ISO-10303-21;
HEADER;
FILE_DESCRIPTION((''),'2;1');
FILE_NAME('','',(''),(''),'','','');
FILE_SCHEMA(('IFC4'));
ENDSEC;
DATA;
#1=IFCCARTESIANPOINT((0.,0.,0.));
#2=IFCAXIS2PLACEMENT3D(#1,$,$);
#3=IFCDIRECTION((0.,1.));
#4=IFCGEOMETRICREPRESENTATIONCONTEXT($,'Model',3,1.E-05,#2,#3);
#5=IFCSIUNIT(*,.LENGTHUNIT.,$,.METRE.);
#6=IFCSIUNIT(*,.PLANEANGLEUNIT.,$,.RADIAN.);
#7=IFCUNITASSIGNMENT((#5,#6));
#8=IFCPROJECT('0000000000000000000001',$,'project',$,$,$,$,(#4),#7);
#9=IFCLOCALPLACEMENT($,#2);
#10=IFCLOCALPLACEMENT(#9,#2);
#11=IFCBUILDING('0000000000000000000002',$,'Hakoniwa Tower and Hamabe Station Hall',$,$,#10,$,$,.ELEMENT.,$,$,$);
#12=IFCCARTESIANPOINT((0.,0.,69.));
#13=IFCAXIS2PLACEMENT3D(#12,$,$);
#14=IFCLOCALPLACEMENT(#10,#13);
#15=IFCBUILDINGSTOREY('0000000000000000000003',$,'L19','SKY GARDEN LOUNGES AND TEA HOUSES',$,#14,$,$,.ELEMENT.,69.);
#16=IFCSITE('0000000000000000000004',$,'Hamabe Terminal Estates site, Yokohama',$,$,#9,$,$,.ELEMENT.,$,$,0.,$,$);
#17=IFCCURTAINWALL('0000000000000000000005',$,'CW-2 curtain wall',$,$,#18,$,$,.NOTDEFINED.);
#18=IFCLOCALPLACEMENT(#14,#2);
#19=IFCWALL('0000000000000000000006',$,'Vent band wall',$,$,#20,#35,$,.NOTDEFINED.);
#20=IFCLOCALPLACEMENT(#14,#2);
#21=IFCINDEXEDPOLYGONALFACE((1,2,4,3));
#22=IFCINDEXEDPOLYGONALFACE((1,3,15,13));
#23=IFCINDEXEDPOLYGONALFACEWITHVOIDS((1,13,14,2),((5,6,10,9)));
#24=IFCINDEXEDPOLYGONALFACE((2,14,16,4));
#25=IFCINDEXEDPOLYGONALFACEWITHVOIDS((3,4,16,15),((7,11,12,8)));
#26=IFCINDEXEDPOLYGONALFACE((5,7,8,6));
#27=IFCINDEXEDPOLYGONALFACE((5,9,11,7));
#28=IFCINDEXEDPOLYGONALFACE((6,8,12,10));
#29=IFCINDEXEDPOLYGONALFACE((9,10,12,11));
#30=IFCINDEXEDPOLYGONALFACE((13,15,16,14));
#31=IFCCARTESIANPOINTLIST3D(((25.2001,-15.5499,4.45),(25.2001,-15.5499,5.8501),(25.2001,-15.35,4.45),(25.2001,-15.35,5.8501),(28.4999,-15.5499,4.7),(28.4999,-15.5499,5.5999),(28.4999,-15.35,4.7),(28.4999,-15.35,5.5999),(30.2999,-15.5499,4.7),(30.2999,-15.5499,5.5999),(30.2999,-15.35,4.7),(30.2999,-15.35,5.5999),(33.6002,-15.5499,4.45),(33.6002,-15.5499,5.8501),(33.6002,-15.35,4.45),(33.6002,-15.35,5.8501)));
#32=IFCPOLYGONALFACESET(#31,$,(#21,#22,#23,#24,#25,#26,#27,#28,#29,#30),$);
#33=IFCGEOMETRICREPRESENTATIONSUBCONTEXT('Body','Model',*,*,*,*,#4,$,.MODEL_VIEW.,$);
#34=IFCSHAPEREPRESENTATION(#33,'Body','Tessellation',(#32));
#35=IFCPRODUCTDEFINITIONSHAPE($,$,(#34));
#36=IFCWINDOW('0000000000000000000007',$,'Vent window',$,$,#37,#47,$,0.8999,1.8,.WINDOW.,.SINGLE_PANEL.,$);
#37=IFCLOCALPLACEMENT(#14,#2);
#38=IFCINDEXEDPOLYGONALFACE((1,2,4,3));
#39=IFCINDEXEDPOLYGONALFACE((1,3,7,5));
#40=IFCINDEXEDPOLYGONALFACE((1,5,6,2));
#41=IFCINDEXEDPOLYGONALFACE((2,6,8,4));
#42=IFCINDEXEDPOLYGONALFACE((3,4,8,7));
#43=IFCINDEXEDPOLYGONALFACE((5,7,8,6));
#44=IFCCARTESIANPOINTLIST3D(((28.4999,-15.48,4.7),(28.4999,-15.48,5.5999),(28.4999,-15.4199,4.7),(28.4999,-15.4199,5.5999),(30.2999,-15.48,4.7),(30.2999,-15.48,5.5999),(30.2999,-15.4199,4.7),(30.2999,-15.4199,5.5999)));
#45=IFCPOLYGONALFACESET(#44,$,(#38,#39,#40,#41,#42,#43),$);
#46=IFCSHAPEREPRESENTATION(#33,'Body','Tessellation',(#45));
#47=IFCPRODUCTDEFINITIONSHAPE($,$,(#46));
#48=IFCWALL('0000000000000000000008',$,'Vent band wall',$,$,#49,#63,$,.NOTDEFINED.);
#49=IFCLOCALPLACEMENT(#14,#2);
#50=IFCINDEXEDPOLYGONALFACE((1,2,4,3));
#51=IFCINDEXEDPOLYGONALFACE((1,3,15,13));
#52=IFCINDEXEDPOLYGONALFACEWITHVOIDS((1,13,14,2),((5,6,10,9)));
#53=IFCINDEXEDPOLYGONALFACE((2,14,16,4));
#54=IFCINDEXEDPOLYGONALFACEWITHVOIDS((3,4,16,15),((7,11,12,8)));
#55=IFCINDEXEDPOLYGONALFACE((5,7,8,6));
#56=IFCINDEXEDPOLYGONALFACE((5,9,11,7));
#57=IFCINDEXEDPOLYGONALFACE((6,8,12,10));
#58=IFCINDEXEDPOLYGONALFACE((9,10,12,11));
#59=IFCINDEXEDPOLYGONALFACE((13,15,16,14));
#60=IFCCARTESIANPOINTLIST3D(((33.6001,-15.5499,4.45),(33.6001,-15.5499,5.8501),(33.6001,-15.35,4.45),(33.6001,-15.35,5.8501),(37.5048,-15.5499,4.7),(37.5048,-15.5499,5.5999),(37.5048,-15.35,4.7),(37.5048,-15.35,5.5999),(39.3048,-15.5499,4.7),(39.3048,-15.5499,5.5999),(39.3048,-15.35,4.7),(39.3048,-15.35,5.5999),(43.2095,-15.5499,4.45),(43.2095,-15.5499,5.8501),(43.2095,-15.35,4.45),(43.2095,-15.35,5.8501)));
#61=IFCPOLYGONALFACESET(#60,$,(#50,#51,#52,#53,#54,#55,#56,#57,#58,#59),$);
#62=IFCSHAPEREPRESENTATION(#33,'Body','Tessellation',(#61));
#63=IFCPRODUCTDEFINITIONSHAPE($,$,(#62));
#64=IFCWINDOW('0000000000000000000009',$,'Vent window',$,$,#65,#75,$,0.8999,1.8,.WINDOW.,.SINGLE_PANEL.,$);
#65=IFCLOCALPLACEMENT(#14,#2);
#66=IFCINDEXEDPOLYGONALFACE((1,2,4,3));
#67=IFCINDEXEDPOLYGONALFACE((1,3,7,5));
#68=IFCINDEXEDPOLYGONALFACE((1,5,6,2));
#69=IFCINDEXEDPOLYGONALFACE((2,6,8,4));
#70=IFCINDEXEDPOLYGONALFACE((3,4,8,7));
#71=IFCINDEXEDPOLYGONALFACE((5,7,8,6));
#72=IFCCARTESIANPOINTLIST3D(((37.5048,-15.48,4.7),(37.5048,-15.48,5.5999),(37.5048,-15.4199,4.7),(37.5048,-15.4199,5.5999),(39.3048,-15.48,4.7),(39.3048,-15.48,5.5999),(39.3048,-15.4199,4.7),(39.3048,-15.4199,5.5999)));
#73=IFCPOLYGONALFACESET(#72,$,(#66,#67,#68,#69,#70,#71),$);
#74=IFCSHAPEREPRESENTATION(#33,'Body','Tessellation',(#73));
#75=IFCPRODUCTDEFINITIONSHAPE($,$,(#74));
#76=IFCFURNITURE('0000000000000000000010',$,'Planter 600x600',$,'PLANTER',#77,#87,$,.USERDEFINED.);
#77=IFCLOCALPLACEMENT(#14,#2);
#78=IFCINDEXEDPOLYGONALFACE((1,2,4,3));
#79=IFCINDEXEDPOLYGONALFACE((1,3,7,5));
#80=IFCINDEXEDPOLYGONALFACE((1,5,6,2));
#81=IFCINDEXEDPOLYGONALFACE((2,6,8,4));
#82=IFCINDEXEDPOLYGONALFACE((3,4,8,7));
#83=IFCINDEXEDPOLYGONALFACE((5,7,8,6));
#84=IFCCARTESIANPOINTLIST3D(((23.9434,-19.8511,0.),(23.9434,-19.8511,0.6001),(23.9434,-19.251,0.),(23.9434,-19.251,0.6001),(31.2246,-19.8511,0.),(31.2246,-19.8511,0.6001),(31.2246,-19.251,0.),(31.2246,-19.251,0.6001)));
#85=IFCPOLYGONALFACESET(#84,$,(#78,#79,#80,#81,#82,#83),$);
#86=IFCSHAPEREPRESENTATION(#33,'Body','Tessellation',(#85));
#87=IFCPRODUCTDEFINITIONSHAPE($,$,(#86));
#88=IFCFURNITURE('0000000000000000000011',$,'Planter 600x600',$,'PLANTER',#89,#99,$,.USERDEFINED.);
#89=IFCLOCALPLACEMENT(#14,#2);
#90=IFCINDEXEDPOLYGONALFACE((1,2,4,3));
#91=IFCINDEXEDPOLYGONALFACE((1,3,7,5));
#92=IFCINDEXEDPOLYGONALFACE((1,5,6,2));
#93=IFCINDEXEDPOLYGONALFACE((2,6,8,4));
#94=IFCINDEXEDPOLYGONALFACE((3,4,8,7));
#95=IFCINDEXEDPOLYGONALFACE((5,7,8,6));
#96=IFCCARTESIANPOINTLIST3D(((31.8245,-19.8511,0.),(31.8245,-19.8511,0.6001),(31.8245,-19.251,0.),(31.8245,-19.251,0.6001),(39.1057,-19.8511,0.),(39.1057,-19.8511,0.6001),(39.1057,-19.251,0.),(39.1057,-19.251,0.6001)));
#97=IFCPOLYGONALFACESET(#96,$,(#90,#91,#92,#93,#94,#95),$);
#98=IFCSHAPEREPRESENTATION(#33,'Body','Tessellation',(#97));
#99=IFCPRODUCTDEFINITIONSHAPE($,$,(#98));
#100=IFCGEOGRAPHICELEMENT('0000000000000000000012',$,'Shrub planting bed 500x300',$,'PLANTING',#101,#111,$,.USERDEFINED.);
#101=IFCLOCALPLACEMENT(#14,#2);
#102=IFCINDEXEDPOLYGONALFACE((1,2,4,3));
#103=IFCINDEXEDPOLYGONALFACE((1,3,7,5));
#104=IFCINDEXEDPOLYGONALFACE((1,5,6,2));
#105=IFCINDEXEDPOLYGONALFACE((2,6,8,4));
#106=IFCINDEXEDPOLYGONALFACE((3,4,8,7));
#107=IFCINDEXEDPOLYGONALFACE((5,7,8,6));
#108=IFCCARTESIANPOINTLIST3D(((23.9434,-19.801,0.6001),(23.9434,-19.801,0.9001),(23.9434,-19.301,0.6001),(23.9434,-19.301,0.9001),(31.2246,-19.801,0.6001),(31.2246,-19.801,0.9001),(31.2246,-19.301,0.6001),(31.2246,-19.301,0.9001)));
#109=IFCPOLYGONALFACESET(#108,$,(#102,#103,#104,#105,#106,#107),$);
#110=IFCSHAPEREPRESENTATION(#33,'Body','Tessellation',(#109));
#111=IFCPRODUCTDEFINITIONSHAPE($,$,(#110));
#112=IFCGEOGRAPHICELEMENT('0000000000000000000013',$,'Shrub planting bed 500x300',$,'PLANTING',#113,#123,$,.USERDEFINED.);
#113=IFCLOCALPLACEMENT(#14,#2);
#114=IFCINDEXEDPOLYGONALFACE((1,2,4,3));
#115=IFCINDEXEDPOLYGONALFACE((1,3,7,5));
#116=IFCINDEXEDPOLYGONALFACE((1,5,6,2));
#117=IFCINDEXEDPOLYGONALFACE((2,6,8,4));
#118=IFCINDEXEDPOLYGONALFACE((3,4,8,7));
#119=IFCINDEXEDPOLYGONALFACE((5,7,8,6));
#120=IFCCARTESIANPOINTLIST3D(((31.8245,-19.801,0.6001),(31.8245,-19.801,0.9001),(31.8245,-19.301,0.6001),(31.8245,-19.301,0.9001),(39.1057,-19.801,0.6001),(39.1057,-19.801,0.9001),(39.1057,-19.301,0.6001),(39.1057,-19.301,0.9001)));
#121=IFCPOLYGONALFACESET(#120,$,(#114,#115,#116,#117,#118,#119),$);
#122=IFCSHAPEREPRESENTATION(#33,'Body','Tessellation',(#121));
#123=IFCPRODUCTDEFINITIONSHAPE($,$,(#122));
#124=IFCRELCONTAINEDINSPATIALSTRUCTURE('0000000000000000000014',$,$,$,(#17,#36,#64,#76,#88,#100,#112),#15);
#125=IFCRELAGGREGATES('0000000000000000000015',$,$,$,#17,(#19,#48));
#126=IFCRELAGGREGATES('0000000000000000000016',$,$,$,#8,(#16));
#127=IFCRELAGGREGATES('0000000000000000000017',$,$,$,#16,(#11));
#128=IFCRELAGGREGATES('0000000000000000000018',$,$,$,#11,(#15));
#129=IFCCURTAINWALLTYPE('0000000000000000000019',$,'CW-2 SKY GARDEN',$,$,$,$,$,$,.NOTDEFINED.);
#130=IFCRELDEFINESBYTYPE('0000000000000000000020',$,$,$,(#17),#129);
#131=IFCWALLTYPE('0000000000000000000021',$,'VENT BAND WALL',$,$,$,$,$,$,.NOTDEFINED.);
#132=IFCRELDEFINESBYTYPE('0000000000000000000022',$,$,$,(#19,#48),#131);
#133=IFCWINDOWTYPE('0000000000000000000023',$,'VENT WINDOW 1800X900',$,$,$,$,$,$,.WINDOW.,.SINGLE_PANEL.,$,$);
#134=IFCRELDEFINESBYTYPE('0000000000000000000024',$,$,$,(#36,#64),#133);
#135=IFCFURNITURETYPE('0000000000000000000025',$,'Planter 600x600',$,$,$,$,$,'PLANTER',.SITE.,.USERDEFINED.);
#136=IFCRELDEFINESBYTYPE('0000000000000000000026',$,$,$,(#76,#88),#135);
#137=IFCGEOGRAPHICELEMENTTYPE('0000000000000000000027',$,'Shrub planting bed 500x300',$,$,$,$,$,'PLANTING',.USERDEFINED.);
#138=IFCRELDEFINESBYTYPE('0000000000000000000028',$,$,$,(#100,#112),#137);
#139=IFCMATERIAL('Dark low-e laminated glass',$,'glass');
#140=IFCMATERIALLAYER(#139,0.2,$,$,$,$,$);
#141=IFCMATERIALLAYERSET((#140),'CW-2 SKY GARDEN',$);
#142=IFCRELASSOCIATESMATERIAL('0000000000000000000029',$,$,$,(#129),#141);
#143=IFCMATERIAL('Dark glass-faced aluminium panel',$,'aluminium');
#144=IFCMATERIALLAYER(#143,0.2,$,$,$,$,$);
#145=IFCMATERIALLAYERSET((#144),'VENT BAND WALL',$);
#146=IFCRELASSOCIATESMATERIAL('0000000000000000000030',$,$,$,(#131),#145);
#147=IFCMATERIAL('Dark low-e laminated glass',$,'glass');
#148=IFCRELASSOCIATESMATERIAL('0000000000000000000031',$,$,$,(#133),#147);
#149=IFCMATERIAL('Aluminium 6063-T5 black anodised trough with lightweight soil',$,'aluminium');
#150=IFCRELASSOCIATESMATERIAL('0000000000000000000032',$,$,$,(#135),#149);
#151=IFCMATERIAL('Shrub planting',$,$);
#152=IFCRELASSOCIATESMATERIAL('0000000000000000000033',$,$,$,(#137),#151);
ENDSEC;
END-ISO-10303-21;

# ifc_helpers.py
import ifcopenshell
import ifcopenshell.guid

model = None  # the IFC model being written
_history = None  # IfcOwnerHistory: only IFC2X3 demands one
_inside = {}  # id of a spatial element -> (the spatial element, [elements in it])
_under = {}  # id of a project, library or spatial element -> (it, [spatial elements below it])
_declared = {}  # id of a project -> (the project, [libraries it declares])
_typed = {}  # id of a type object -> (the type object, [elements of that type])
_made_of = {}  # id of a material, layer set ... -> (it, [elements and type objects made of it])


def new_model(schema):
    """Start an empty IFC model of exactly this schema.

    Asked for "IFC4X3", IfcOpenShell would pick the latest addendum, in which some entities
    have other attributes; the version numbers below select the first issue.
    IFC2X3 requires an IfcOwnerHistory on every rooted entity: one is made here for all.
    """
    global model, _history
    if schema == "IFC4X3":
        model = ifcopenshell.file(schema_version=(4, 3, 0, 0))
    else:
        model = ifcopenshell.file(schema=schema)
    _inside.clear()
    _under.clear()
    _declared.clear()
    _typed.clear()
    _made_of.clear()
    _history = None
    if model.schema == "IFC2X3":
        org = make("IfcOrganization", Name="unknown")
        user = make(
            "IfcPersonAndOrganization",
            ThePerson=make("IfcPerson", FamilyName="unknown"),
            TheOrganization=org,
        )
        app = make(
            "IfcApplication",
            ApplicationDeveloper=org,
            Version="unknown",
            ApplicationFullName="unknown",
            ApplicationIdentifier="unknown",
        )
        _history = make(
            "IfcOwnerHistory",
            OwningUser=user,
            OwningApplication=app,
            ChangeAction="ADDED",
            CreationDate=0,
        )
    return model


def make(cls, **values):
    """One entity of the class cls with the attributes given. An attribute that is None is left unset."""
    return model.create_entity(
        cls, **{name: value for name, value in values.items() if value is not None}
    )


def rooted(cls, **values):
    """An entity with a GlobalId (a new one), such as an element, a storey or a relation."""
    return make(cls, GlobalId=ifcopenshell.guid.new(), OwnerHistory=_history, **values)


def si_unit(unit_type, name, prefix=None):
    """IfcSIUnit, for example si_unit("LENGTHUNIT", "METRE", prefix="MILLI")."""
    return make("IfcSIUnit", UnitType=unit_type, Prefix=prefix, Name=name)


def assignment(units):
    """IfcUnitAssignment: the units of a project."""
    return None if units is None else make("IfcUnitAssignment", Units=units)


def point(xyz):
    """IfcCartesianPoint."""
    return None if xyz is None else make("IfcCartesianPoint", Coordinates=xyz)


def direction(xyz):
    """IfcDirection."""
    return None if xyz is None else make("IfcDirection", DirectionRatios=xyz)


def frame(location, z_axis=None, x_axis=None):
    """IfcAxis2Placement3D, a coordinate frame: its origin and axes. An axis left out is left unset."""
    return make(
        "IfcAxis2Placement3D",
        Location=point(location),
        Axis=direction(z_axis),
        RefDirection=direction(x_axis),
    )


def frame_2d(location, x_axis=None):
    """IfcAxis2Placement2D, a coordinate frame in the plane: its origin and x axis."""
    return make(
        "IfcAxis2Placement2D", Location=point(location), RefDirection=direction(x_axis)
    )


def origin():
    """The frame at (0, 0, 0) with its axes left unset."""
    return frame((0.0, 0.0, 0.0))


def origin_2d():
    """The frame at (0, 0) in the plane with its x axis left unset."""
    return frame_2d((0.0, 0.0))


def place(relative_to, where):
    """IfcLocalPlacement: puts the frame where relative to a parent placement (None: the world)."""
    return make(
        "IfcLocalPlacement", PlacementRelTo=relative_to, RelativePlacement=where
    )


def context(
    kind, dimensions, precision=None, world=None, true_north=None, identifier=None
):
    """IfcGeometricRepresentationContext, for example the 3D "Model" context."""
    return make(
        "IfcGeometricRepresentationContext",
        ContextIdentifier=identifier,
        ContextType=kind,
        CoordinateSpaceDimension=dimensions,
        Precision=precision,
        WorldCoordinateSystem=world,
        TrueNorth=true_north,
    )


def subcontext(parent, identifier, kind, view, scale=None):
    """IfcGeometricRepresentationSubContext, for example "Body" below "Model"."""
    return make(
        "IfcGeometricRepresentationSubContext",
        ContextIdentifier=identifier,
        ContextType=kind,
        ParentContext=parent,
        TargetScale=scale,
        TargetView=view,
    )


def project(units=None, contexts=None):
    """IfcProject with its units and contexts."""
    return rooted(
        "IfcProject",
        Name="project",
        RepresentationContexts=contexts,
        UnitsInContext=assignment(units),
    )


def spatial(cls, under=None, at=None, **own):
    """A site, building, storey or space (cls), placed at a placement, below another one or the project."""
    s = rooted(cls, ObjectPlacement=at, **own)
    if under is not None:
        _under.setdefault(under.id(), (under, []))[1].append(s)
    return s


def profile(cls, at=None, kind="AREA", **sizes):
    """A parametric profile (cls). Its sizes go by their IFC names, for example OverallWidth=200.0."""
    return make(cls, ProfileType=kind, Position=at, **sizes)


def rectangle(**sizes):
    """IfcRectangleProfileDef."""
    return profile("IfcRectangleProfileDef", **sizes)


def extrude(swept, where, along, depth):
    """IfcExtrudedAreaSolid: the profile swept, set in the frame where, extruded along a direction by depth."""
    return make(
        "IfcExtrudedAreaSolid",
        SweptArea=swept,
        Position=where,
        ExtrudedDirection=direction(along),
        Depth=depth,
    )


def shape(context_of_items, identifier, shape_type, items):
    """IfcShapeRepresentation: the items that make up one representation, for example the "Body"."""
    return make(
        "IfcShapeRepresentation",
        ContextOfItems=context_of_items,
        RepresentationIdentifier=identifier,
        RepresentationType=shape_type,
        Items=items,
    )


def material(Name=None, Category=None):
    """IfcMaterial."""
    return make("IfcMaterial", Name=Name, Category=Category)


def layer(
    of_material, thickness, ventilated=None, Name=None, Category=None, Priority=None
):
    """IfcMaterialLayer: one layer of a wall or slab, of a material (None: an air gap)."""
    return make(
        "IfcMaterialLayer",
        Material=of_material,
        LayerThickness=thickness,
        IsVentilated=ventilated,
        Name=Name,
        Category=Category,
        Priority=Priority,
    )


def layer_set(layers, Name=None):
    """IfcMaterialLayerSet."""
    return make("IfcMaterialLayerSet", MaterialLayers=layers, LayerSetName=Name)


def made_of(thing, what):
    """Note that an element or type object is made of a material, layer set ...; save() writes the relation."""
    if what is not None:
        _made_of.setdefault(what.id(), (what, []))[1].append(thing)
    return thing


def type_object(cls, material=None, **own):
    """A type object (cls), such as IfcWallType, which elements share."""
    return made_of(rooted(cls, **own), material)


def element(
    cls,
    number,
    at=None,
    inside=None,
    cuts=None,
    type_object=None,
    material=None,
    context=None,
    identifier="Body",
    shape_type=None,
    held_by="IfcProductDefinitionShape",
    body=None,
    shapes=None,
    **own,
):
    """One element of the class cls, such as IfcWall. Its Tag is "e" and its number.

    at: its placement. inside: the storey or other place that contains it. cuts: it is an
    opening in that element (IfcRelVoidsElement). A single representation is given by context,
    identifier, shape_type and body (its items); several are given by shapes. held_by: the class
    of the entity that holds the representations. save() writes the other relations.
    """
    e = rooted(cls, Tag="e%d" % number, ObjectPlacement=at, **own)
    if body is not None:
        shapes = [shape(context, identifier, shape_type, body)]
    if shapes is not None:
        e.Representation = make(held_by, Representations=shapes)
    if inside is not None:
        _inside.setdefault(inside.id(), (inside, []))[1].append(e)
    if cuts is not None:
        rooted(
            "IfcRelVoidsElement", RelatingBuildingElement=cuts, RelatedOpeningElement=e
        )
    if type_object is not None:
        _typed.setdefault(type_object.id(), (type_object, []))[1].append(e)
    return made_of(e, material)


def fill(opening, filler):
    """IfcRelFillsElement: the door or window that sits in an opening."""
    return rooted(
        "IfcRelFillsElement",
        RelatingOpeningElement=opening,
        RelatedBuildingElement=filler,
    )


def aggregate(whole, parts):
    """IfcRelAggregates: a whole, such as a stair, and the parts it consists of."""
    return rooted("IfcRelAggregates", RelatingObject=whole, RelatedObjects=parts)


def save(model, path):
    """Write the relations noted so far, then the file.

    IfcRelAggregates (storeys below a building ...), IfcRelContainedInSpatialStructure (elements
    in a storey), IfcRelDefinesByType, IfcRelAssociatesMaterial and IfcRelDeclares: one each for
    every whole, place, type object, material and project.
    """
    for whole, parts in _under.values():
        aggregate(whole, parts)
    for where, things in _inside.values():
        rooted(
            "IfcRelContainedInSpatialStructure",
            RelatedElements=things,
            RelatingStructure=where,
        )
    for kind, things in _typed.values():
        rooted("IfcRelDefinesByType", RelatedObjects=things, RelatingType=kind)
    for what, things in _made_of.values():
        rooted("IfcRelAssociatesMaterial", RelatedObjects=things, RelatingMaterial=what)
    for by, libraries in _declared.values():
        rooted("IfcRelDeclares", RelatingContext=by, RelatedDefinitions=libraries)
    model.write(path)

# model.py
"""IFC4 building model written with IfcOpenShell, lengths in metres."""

from ifc_helpers import new_model, si_unit, direction, frame, frame_2d, origin, origin_2d, place, context, subcontext, project, spatial, rectangle, extrude, material, layer, layer_set, type_object, element, fill, aggregate, save


model = new_model("IFC4")

# Units and contexts
model_context = context("Model", 3, precision=1e-05, world=origin(), true_north=direction((0.0, 1.0)))
body_context = subcontext(model_context, "Body", "Model", "MODEL_VIEW")
ifc_project = project(units=[si_unit("LENGTHUNIT", "METRE"), si_unit("PLANEANGLEUNIT", "RADIAN")], contexts=[model_context])

# Site, building, storey
site_placement = place(None, origin())
site = spatial("IfcSite", under=ifc_project, at=site_placement, Name="Hamabe Terminal Estates site, Yokohama", CompositionType="ELEMENT", RefElevation=0.0)
building_placement = place(site_placement, origin())
building = spatial("IfcBuilding", under=site, at=building_placement, Name="Hakoniwa Tower and Hamabe Station Hall", CompositionType="ELEMENT")
storey_placement = place(building_placement, frame((0.0, 0.0, 69.0)))
storey = spatial("IfcBuildingStorey", under=building, at=storey_placement, Name="L19", Description="SKY GARDEN LOUNGES AND TEA HOUSES", CompositionType="ELEMENT", Elevation=69.0)

# Curtain wall
ifc_material_1 = material(Name="Dark low-e laminated glass", Category="glass")
ifc_layer_1 = layer(ifc_material_1, 0.2)
ifc_layer_set_1 = layer_set([ifc_layer_1], Name="CW-2 SKY GARDEN")
curtain_wall_type = type_object("IfcCurtainWallType", Name="CW-2 SKY GARDEN", PredefinedType="NOTDEFINED", material=ifc_layer_set_1)
curtain_wall_placement = place(storey_placement, origin())
curtain_wall = element("IfcCurtainWall", 1, at=curtain_wall_placement, inside=storey, type_object=curtain_wall_type, Name="CW-2 curtain wall", PredefinedType="NOTDEFINED")

# Walls, openings, windows
ifc_material_2 = material(Name="Dark glass-faced aluminium panel", Category="aluminium")
ifc_layer_2 = layer(ifc_material_2, 0.2)
ifc_layer_set_2 = layer_set([ifc_layer_2], Name="VENT BAND WALL")
wall_type_1 = type_object("IfcWallType", Name="VENT BAND WALL", PredefinedType="NOTDEFINED", material=ifc_layer_set_2)
wall_1_placement = place(storey_placement, frame((25.2, -15.45, 4.45), z_axis=(0.0, 0.0, 1.0), x_axis=(1.0, 0.0, 0.0)))
wall_1 = element("IfcWall", 2, at=wall_1_placement, type_object=wall_type_1, Name="Vent band wall", PredefinedType="NOTDEFINED", context=body_context, shape_type="SweptSolid", body=[
    extrude(rectangle(XDim=8.4001, YDim=0.2, at=frame_2d((4.2002, 0.0))), origin(), (0.0, 0.0, 1.0), 1.4001),
])
opening_1_placement = place(wall_1_placement, frame((3.3, 0.0, 0.25)))
opening_1 = element("IfcOpeningElement", 3, at=opening_1_placement, cuts=wall_1, PredefinedType="OPENING", context=body_context, shape_type="SweptSolid", body=[
    extrude(rectangle(XDim=1.8, YDim=0.8999, at=frame_2d((0.8999, 0.45))), frame((0.0, 0.1099, 0.0), z_axis=(0.0, -1.0, 0.0), x_axis=(1.0, 0.0, 0.0)), (0.0, 0.0, 1.0), 0.22),
])
ifc_material_3 = material(Name="Dark low-e laminated glass", Category="glass")
window_type = type_object("IfcWindowType", Name="VENT WINDOW 1800X900", PartitioningType="SINGLE_PANEL", PredefinedType="WINDOW", material=ifc_material_3)
window_1_placement = place(opening_1_placement, origin())
window_1 = element("IfcWindow", 4, at=window_1_placement, inside=storey, type_object=window_type, Name="Vent window", OverallHeight=0.8999, OverallWidth=1.8, PartitioningType="SINGLE_PANEL", PredefinedType="WINDOW", context=body_context, shape_type="SweptSolid", body=[
    extrude(rectangle(XDim=1.8, YDim=0.8999, at=frame_2d((0.8999, 0.45))), frame((0.0, 0.03, 0.0), z_axis=(0.0, -1.0, 0.0), x_axis=(1.0, 0.0, 0.0)), (0.0, 0.0, 1.0), 0.0601),
])
fill(opening_1, window_1)
wall_2_placement = place(storey_placement, frame((33.6001, -15.45, 4.45), z_axis=(0.0, 0.0, 1.0), x_axis=(1.0, 0.0, 0.0)))
wall_2 = element("IfcWall", 5, at=wall_2_placement, type_object=wall_type_1, Name="Vent band wall", PredefinedType="NOTDEFINED", context=body_context, shape_type="SweptSolid", body=[
    extrude(rectangle(XDim=9.6094, YDim=0.2, at=frame_2d((4.8047, 0.0))), origin(), (0.0, 0.0, 1.0), 1.4001),
])
opening_2_placement = place(wall_2_placement, frame((3.9048, 0.0, 0.25)))
opening_2 = element("IfcOpeningElement", 6, at=opening_2_placement, cuts=wall_2, PredefinedType="OPENING", context=body_context, shape_type="SweptSolid", body=[
    extrude(rectangle(XDim=1.8, YDim=0.8999, at=frame_2d((0.8999, 0.45))), frame((0.0, 0.1099, 0.0), z_axis=(0.0, -1.0, 0.0), x_axis=(1.0, 0.0, 0.0)), (0.0, 0.0, 1.0), 0.22),
])
window_2_placement = place(opening_2_placement, origin())
window_2 = element("IfcWindow", 7, at=window_2_placement, inside=storey, type_object=window_type, Name="Vent window", OverallHeight=0.8999, OverallWidth=1.8, PartitioningType="SINGLE_PANEL", PredefinedType="WINDOW", context=body_context, shape_type="SweptSolid", body=[
    extrude(rectangle(XDim=1.8, YDim=0.8999, at=frame_2d((0.8999, 0.45))), frame((0.0, 0.03, 0.0), z_axis=(0.0, -1.0, 0.0), x_axis=(1.0, 0.0, 0.0)), (0.0, 0.0, 1.0), 0.0601),
])
fill(opening_2, window_2)
aggregate(curtain_wall, [wall_1, wall_2])

# Furniture
ifc_material_4 = material(Name="Aluminium 6063-T5 black anodised trough with lightweight soil", Category="aluminium")
furniture_type = type_object("IfcFurnitureType", Name="Planter 600x600", ElementType="PLANTER", AssemblyPlace="SITE", PredefinedType="USERDEFINED", material=ifc_material_4)
for number, where, z_axis, x_axis, name in (
    (8, (27.584, -19.551, 0.0), (0.0, 0.0, 1.0), (1.0, 0.0, 0.0), "Planter 600x600"),
    (9, (35.4651, -19.551, 0.0), (0.0, 0.0, 1.0), (1.0, 0.0, 0.0), "Planter 600x600"),
):
    element("IfcFurniture", number, at=place(storey_placement, frame(where, z_axis=z_axis, x_axis=x_axis)), inside=storey, type_object=furniture_type, Name=name, ObjectType="PLANTER", PredefinedType="USERDEFINED", context=body_context, shape_type="SweptSolid", body=[
        extrude(rectangle(XDim=7.2812, YDim=0.6001, at=origin_2d()), origin(), (0.0, 0.0, 1.0), 0.6001),
    ])

# Geographic elements
ifc_material_5 = material(Name="Shrub planting")
geographic_element_type = type_object("IfcGeographicElementType", Name="Shrub planting bed 500x300", ElementType="PLANTING", PredefinedType="USERDEFINED", material=ifc_material_5)
for number, where, z_axis, x_axis, name in (
    (10, (27.584, -19.551, 0.6001), (0.0, 0.0, 1.0), (1.0, 0.0, 0.0), "Shrub planting bed 500x300"),
    (11, (35.4651, -19.551, 0.6001), (0.0, 0.0, 1.0), (1.0, 0.0, 0.0), "Shrub planting bed 500x300"),
):
    element("IfcGeographicElement", number, at=place(storey_placement, frame(where, z_axis=z_axis, x_axis=x_axis)), inside=storey, type_object=geographic_element_type, Name=name, ObjectType="PLANTING", PredefinedType="USERDEFINED", context=body_context, shape_type="SweptSolid", body=[
        extrude(rectangle(XDim=7.2812, YDim=0.5, at=origin_2d()), origin(), (0.0, 0.0, 1.0), 0.3),
    ])

save(model, "model.ifc")
